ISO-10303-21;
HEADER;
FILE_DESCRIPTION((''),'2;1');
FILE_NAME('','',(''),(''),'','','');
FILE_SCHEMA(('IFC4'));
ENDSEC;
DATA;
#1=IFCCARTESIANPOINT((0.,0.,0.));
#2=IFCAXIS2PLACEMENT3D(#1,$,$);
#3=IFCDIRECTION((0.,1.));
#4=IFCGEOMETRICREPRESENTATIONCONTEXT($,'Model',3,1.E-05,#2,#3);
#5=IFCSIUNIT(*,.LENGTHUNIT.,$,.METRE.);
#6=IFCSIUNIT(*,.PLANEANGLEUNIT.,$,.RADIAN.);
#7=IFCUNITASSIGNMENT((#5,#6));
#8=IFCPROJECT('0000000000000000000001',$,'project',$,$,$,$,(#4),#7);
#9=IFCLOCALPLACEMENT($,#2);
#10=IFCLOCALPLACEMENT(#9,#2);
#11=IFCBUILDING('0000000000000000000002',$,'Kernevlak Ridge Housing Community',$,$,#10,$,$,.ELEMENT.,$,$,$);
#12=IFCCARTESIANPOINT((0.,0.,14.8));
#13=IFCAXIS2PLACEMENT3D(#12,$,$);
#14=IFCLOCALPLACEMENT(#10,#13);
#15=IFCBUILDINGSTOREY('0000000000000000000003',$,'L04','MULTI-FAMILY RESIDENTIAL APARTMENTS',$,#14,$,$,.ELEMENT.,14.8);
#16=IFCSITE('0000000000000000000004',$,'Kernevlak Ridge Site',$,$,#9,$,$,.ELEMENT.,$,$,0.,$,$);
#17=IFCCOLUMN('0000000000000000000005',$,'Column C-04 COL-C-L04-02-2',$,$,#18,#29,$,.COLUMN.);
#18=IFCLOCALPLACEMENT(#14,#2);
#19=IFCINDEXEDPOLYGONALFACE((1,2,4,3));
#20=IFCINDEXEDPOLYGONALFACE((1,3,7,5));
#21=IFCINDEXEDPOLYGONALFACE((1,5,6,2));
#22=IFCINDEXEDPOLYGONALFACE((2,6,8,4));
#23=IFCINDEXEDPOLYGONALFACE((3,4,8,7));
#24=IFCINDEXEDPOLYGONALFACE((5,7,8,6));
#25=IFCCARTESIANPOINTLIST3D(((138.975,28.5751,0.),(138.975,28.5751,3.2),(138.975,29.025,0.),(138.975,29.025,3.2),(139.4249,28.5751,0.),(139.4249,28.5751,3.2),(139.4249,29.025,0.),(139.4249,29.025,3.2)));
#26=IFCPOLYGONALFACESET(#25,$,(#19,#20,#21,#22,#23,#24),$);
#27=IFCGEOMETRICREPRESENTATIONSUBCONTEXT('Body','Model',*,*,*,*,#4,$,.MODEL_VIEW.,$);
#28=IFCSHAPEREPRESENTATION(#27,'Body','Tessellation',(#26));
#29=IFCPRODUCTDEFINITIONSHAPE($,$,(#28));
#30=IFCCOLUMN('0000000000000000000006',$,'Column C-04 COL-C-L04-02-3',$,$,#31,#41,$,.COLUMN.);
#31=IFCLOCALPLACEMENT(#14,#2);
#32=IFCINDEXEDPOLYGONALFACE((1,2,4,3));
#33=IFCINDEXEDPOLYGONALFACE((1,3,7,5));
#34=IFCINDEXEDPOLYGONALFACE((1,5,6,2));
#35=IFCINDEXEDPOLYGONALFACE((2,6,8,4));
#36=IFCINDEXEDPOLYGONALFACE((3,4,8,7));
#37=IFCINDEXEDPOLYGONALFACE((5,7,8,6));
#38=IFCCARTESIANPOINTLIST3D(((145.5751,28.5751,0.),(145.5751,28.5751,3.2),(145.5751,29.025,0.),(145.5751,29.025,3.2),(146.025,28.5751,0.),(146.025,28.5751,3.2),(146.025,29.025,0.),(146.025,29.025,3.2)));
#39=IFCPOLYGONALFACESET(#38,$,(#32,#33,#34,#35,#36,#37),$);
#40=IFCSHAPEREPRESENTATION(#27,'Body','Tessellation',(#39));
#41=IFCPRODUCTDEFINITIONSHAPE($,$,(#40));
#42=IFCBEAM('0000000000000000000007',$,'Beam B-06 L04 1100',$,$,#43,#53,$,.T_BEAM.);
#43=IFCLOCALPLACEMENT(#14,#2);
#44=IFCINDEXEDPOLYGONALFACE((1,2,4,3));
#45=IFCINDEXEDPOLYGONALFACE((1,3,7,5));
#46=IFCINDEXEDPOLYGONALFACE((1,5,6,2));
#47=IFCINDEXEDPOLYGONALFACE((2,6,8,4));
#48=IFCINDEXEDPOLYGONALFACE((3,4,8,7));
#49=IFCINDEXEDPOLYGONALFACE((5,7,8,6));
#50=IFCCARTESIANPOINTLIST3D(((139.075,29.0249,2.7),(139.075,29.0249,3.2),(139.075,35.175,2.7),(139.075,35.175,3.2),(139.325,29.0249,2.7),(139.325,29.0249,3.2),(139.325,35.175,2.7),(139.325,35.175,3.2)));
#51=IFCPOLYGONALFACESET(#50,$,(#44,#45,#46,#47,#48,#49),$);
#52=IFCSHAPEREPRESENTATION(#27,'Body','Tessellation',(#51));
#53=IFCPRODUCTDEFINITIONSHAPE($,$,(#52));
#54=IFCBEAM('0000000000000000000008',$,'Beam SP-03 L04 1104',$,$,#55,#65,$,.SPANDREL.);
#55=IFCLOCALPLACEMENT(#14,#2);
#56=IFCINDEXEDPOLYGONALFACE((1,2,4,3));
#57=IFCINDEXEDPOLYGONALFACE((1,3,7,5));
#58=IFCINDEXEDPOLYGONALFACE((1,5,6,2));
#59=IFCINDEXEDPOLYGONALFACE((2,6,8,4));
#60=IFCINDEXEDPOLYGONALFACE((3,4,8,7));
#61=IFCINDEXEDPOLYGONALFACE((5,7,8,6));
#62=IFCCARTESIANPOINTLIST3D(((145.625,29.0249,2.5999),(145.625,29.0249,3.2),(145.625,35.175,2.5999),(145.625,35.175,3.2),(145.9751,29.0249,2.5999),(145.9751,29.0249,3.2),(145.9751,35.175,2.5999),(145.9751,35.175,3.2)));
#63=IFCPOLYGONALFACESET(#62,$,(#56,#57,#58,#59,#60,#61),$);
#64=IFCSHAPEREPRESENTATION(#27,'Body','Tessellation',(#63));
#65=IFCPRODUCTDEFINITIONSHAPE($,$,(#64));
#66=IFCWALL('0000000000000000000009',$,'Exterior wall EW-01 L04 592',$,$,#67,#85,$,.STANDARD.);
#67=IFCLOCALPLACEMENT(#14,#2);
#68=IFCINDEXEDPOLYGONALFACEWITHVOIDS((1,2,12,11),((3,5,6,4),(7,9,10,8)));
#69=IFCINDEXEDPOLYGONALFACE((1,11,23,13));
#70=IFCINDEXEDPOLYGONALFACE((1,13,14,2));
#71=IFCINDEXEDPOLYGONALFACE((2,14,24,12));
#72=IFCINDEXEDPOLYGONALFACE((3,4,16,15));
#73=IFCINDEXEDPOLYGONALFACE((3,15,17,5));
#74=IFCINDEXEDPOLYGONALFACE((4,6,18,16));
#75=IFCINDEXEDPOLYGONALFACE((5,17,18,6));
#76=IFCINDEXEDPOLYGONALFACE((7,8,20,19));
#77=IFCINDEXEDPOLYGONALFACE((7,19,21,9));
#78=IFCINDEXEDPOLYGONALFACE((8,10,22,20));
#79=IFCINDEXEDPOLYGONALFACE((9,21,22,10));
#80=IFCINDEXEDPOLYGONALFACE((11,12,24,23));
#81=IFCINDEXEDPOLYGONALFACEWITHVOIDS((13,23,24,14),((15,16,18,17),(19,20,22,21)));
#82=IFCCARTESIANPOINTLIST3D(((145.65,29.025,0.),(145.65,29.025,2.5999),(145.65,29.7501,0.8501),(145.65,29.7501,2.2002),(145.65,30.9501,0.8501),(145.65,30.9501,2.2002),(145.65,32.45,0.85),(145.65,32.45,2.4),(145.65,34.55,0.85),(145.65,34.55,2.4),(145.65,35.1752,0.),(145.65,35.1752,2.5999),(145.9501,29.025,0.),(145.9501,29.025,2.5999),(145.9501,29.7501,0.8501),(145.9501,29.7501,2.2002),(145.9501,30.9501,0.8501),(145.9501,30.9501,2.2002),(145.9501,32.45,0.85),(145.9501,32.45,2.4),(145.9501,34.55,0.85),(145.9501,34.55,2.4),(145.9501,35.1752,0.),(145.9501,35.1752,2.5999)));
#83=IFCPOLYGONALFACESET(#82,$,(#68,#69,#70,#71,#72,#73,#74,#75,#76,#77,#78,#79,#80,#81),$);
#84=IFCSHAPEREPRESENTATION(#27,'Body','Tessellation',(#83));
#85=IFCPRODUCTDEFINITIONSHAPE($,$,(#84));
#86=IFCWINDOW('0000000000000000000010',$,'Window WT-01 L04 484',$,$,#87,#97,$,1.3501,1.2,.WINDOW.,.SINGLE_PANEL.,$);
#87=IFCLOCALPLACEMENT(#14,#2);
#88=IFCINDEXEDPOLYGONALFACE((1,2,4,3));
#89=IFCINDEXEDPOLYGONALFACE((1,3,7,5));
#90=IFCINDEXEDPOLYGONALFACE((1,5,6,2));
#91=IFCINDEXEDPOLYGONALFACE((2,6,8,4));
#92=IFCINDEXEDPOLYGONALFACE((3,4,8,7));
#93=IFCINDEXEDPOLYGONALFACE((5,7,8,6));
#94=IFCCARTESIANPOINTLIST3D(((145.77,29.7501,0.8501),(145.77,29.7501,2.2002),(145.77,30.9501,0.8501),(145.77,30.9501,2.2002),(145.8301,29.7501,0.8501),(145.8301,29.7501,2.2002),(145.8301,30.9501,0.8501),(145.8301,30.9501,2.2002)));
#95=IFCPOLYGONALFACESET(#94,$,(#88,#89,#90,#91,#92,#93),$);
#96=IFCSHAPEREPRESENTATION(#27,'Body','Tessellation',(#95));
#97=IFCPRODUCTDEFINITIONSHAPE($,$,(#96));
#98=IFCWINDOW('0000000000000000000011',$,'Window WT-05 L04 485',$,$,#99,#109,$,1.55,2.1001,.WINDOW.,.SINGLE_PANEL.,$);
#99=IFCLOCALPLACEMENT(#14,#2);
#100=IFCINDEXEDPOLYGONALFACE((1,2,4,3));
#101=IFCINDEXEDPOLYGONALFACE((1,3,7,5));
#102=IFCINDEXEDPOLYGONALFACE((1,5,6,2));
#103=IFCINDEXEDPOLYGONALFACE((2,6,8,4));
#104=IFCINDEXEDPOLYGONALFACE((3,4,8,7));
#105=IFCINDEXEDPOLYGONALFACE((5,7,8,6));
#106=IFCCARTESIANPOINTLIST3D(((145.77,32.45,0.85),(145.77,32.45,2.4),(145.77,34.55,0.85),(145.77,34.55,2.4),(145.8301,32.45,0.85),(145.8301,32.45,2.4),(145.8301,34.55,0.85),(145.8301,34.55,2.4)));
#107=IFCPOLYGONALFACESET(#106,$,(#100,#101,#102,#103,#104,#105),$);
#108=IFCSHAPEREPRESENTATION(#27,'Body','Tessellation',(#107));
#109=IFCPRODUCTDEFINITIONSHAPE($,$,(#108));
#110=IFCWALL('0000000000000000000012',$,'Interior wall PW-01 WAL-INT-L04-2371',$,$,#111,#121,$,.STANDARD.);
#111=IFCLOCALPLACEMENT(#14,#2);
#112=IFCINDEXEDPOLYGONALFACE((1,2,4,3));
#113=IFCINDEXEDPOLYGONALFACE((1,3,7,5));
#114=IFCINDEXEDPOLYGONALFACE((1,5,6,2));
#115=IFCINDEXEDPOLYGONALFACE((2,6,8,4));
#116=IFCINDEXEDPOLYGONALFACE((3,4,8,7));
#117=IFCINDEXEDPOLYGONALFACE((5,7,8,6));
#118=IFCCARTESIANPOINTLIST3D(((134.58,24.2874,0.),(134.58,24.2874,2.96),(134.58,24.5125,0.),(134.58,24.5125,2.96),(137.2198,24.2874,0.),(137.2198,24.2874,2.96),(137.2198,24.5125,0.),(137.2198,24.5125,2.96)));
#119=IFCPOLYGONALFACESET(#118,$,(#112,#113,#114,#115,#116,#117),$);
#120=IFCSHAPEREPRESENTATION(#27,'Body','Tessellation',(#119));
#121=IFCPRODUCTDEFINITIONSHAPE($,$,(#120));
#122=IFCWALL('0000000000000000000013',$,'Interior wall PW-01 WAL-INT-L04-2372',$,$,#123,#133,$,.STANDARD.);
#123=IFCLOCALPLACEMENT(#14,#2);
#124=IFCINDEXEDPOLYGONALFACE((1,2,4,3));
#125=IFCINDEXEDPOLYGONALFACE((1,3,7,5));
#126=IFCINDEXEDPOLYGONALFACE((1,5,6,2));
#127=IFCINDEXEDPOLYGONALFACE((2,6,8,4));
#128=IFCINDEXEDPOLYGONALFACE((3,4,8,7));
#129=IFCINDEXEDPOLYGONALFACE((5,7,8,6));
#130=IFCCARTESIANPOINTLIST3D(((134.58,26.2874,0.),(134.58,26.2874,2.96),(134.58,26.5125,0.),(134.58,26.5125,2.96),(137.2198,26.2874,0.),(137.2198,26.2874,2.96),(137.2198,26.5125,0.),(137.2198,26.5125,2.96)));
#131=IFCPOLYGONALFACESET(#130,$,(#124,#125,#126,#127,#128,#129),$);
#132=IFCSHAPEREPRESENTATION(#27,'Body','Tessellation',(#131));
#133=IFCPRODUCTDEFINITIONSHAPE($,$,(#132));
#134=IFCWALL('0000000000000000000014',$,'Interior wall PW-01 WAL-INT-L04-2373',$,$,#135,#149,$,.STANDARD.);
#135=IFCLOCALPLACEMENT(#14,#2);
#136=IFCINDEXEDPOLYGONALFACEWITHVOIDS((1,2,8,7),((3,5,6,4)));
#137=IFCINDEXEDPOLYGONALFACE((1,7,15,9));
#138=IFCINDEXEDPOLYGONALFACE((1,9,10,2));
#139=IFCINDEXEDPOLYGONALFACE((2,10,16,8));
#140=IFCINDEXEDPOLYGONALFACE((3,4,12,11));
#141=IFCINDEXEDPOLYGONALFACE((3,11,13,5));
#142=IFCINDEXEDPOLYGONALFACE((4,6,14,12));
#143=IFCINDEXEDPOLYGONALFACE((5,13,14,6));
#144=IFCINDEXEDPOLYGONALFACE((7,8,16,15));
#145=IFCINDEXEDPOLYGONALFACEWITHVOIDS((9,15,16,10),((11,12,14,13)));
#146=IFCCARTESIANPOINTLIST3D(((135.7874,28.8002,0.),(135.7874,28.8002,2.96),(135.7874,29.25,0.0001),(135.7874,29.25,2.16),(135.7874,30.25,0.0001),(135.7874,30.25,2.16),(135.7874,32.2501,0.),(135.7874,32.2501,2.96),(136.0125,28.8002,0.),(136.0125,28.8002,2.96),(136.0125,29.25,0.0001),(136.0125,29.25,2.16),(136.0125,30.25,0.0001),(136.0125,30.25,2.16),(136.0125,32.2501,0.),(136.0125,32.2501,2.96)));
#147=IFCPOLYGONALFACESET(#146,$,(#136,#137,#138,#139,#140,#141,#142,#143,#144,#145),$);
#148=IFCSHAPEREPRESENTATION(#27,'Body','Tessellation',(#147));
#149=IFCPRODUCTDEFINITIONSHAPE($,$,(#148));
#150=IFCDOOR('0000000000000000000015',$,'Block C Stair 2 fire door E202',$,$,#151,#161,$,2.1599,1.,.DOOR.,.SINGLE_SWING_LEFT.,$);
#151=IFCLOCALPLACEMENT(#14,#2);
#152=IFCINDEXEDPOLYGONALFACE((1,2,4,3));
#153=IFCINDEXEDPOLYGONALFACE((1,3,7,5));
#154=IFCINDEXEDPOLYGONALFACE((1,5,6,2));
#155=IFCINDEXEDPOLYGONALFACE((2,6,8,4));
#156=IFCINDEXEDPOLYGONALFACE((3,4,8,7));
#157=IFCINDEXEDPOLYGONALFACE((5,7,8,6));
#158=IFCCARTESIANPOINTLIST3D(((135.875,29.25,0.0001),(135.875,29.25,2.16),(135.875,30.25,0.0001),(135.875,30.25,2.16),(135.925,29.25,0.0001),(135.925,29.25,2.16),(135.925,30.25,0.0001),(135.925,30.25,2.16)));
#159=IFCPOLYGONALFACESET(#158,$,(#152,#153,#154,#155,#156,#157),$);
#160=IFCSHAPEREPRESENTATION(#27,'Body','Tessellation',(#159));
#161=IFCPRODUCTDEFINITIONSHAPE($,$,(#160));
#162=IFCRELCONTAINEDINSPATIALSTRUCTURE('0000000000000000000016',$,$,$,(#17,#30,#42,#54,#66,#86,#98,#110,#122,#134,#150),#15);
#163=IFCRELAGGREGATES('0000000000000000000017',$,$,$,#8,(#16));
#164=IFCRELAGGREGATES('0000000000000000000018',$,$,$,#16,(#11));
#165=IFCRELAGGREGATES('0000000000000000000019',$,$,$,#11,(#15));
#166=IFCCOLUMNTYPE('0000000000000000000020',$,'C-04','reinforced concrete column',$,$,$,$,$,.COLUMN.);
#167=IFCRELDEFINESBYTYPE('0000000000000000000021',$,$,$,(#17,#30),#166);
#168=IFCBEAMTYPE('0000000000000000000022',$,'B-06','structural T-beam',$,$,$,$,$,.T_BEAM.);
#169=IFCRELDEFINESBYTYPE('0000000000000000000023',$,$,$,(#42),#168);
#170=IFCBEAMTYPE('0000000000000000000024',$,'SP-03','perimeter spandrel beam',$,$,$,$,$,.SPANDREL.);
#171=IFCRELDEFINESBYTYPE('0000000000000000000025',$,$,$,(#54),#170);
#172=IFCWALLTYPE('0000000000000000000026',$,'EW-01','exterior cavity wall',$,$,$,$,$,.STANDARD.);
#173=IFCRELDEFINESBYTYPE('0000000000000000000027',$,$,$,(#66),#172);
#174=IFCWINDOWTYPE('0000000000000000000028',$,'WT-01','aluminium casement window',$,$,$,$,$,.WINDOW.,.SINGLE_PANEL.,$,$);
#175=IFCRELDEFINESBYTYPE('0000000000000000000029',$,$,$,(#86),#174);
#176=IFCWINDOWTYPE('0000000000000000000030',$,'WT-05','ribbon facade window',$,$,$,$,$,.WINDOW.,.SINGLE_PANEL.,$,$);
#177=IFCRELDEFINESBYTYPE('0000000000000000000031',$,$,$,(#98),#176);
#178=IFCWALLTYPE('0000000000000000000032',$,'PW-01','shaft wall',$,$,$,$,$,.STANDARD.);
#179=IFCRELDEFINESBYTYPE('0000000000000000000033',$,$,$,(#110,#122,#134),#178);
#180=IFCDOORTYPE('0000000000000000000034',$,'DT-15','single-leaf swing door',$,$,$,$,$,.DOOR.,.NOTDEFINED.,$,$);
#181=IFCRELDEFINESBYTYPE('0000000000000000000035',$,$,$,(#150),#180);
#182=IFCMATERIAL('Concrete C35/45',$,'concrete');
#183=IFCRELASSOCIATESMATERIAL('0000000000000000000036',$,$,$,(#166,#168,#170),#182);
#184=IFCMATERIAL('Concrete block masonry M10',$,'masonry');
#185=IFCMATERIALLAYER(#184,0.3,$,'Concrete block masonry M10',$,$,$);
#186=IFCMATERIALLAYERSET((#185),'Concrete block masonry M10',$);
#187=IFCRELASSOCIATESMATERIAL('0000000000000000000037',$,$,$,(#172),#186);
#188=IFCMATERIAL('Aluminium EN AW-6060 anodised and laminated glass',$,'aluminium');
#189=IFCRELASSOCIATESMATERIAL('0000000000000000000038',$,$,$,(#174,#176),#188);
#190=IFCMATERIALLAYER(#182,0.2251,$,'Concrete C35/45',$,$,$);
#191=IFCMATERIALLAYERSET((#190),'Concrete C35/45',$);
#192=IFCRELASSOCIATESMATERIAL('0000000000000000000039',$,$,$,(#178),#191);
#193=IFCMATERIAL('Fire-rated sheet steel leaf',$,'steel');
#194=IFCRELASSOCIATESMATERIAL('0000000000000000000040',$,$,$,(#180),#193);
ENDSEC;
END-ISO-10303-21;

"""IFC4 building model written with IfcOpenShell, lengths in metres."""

from ifc_helpers import new_model, si_unit, direction, frame, frame_2d, origin, origin_2d, place, context, subcontext, project, spatial, rectangle, extrude, material, layer, layer_set, material_profile, profile_set, type_object, element, fill, save


model = new_model("IFC4")

# Units and contexts
model_context = context("Model", 3, precision=1e-05, world=origin(), true_north=direction((0.0, 1.0)))
body_context = subcontext(model_context, "Body", "Model", "MODEL_VIEW")
ifc_project = project(units=[si_unit("LENGTHUNIT", "METRE"), si_unit("PLANEANGLEUNIT", "RADIAN")], contexts=[model_context])

# Site, building, storey
site_placement = place(None, origin())
site = spatial("IfcSite", under=ifc_project, at=site_placement, Name="Kernevlak Ridge Site", CompositionType="ELEMENT", RefElevation=0.0)
building_placement = place(site_placement, origin())
building = spatial("IfcBuilding", under=site, at=building_placement, Name="Kernevlak Ridge Housing Community", CompositionType="ELEMENT")
storey_placement = place(building_placement, frame((0.0, 0.0, 14.8)))
storey = spatial("IfcBuildingStorey", under=building, at=storey_placement, Name="L04", Description="MULTI-FAMILY RESIDENTIAL APARTMENTS", CompositionType="ELEMENT", Elevation=14.8)

# Columns
ifc_material_1 = material(Name="Concrete C35/45", Category="concrete")
ifc_material_profile_1 = material_profile(ifc_material_1, rectangle(XDim=0.45, YDim=0.45, at=origin_2d()), Name="RC 450x450")
ifc_profile_set_1 = profile_set([ifc_material_profile_1], Name="Concrete C35/45")
column_type = type_object("IfcColumnType", Name="C-04", Description="reinforced concrete column", PredefinedType="COLUMN", material=ifc_profile_set_1)
for number, where, z_axis, x_axis, name in (
    (1, (139.2, 28.8, 0.0), (0.0, 0.0, 1.0), (1.0, 0.0, 0.0), "Column C-04 COL-C-L04-02-2"),
    (2, (145.8, 28.8, 0.0), (0.0, 0.0, 1.0), (1.0, 0.0, 0.0), "Column C-04 COL-C-L04-02-3"),
):
    element("IfcColumn", number, at=place(storey_placement, frame(where, z_axis=z_axis, x_axis=x_axis)), inside=storey, type_object=column_type, Name=name, PredefinedType="COLUMN", context=body_context, shape_type="SweptSolid", body=[
        extrude(rectangle(XDim=0.45, YDim=0.45, at=origin_2d()), origin(), (0.0, 0.0, 1.0), 3.2),
    ])

# Beams
ifc_material_profile_2 = material_profile(ifc_material_1, rectangle(XDim=0.25, YDim=0.5, at=origin_2d()), Name="RC 250x500")
ifc_profile_set_2 = profile_set([ifc_material_profile_2], Name="Concrete C35/45")
beam_type_1 = type_object("IfcBeamType", Name="B-06", Description="structural T-beam", PredefinedType="T_BEAM", material=ifc_profile_set_2)
beam_1_placement = place(storey_placement, frame((139.2, 29.0249, 2.95), z_axis=(0.0, 1.0, 0.0), x_axis=(-1.0, 0.0, 0.0)))
element("IfcBeam", 3, at=beam_1_placement, inside=storey, type_object=beam_type_1, Name="Beam B-06 L04 1100", PredefinedType="T_BEAM", context=body_context, shape_type="SweptSolid", body=[
    extrude(rectangle(XDim=0.25, YDim=0.5, at=origin_2d()), origin(), (0.0, 0.0, 1.0), 6.1501),
])
ifc_material_profile_3 = material_profile(ifc_material_1, rectangle(XDim=0.3501, YDim=0.6001, at=origin_2d()), Name="RC 350x600")
ifc_profile_set_3 = profile_set([ifc_material_profile_3], Name="Concrete C35/45")
beam_type_2 = type_object("IfcBeamType", Name="SP-03", Description="perimeter spandrel beam", PredefinedType="SPANDREL", material=ifc_profile_set_3)
beam_2_placement = place(storey_placement, frame((145.8, 29.0249, 2.8999), z_axis=(0.0, 1.0, 0.0), x_axis=(-1.0, 0.0, 0.0)))
element("IfcBeam", 4, at=beam_2_placement, inside=storey, type_object=beam_type_2, Name="Beam SP-03 L04 1104", PredefinedType="SPANDREL", context=body_context, shape_type="SweptSolid", body=[
    extrude(rectangle(XDim=0.3501, YDim=0.6001, at=origin_2d()), origin(), (0.0, 0.0, 1.0), 6.1501),
])

# Wall, openings, windows
ifc_material_2 = material(Name="Concrete block masonry M10", Category="masonry")
ifc_layer_1 = layer(ifc_material_2, 0.3, Name="Concrete block masonry M10")
ifc_layer_set_1 = layer_set([ifc_layer_1], Name="Concrete block masonry M10")
wall_type_1 = type_object("IfcWallType", Name="EW-01", Description="exterior cavity wall", PredefinedType="STANDARD", material=ifc_layer_set_1)
wall_1_placement = place(storey_placement, frame((145.8, 29.0249, 0.0), z_axis=(0.0, 0.0, 1.0), x_axis=(0.0, 1.0, 0.0)))
wall_1 = element("IfcWall", 5, at=wall_1_placement, inside=storey, type_object=wall_type_1, Name="Exterior wall EW-01 L04 592", PredefinedType="STANDARD", context=body_context, shape_type="SweptSolid", body=[
    extrude(rectangle(XDim=6.1501, YDim=0.3, at=frame_2d((3.0752, 0.0))), origin(), (0.0, 0.0, 1.0), 2.5999),
])
opening_1_placement = place(wall_1_placement, frame((0.7251, 0.0, 0.8501)))
opening_1 = element("IfcOpeningElement", 6, at=opening_1_placement, cuts=wall_1, PredefinedType="OPENING", context=body_context, shape_type="SweptSolid", body=[
    extrude(rectangle(XDim=1.2, YDim=1.3501, at=frame_2d((0.6001, 0.675))), frame((0.0, 0.1599, 0.0), z_axis=(0.0, -1.0, 0.0), x_axis=(1.0, 0.0, 0.0)), (0.0, 0.0, 1.0), 0.3201),
])
opening_2_placement = place(wall_1_placement, frame((3.425, 0.0, 0.8501)))
opening_2 = element("IfcOpeningElement", 7, at=opening_2_placement, cuts=wall_1, PredefinedType="OPENING", context=body_context, shape_type="SweptSolid", body=[
    extrude(rectangle(XDim=2.1001, YDim=1.55, at=frame_2d((1.05, 0.7749))), frame((0.0, 0.1599, 0.0), z_axis=(0.0, -1.0, 0.0), x_axis=(1.0, 0.0, 0.0)), (0.0, 0.0, 1.0), 0.3201),
])
ifc_material_3 = material(Name="Aluminium EN AW-6060 anodised and laminated glass", Category="aluminium")
window_type_1 = type_object("IfcWindowType", Name="WT-01", Description="aluminium casement window", PartitioningType="SINGLE_PANEL", PredefinedType="WINDOW", material=ifc_material_3)
window_1_placement = place(opening_1_placement, origin())
window_1 = element("IfcWindow", 8, at=window_1_placement, inside=storey, type_object=window_type_1, Name="Window WT-01 L04 484", OverallHeight=1.3501, OverallWidth=1.2, PartitioningType="SINGLE_PANEL", PredefinedType="WINDOW", context=body_context, shape_type="SweptSolid", body=[
    extrude(rectangle(XDim=1.2, YDim=1.3501, at=frame_2d((0.6001, 0.675))), frame((0.0, 0.03, 0.0), z_axis=(0.0, -1.0, 0.0), x_axis=(1.0, 0.0, 0.0)), (0.0, 0.0, 1.0), 0.0601),
])
fill(opening_1, window_1)
window_type_2 = type_object("IfcWindowType", Name="WT-05", Description="ribbon facade window", PartitioningType="SINGLE_PANEL", PredefinedType="WINDOW", material=ifc_material_3)
window_2_placement = place(opening_2_placement, origin())
window_2 = element("IfcWindow", 9, at=window_2_placement, inside=storey, type_object=window_type_2, Name="Window WT-05 L04 485", OverallHeight=1.55, OverallWidth=2.1001, PartitioningType="SINGLE_PANEL", PredefinedType="WINDOW", context=body_context, shape_type="SweptSolid", body=[
    extrude(rectangle(XDim=2.1001, YDim=1.55, at=frame_2d((1.05, 0.7749))), frame((0.0, 0.03, 0.0), z_axis=(0.0, -1.0, 0.0), x_axis=(1.0, 0.0, 0.0)), (0.0, 0.0, 1.0), 0.0601),
])
fill(opening_2, window_2)

# Walls
ifc_layer_2 = layer(ifc_material_1, 0.2251, Name="Concrete C35/45")
ifc_layer_set_2 = layer_set([ifc_layer_2], Name="Concrete C35/45")
wall_type_2 = type_object("IfcWallType", Name="PW-01", Description="shaft wall", PredefinedType="STANDARD", material=ifc_layer_set_2)
for number, where, z_axis, x_axis, name in (
    (10, (134.5801, 24.3999, 0.0), (0.0, 0.0, 1.0), (1.0, 0.0, 0.0), "Interior wall PW-01 WAL-INT-L04-2371"),
    (11, (134.5801, 26.3999, 0.0), (0.0, 0.0, 1.0), (1.0, 0.0, 0.0), "Interior wall PW-01 WAL-INT-L04-2372"),
):
    element("IfcWall", number, at=place(storey_placement, frame(where, z_axis=z_axis, x_axis=x_axis)), inside=storey, type_object=wall_type_2, Name=name, PredefinedType="STANDARD", context=body_context, shape_type="SweptSolid", body=[
        extrude(rectangle(XDim=2.6399, YDim=0.2251, at=frame_2d((1.3198, 0.0))), origin(), (0.0, 0.0, 1.0), 2.96),
    ])

# Wall, opening, door
wall_2_placement = place(storey_placement, frame((135.8999, 28.8, 0.0), z_axis=(0.0, 0.0, 1.0), x_axis=(0.0, 1.0, 0.0)))
wall_2 = element("IfcWall", 12, at=wall_2_placement, inside=storey, type_object=wall_type_2, Name="Interior wall PW-01 WAL-INT-L04-2373", PredefinedType="STANDARD", context=body_context, shape_type="SweptSolid", body=[
    extrude(rectangle(XDim=3.45, YDim=0.2251, at=frame_2d((1.7251, 0.0))), origin(), (0.0, 0.0, 1.0), 2.96),
])
opening_3_placement = place(wall_2_placement, frame((0.45, 0.0, 0.0)))
opening_3 = element("IfcOpeningElement", 13, at=opening_3_placement, cuts=wall_2, PredefinedType="OPENING", context=body_context, shape_type="SweptSolid", body=[
    extrude(rectangle(XDim=1.0, YDim=2.1599, at=frame_2d((0.5, 1.0801))), frame((0.0, 0.1226, 0.0), z_axis=(0.0, -1.0, 0.0), x_axis=(1.0, 0.0, 0.0)), (0.0, 0.0, 1.0), 0.2451),
])
ifc_material_4 = material(Name="Fire-rated sheet steel leaf", Category="steel")
door_type_1 = type_object("IfcDoorType", Name="DT-15", Description="single-leaf swing door", OperationType="NOTDEFINED", PredefinedType="DOOR", material=ifc_material_4)
door_1_placement = place(opening_3_placement, origin())
door_1 = element("IfcDoor", 14, at=door_1_placement, inside=storey, type_object=door_type_1, Name="Block C Stair 2 fire door E202", OperationType="SINGLE_SWING_LEFT", OverallHeight=2.1599, OverallWidth=1.0, PredefinedType="DOOR", context=body_context, shape_type="SweptSolid", body=[
    extrude(rectangle(XDim=1.0, YDim=2.1599, at=frame_2d((0.5, 1.0801))), frame((0.0, 0.0249, 0.0), z_axis=(0.0, -1.0, 0.0), x_axis=(1.0, 0.0, 0.0)), (0.0, 0.0, 1.0), 0.05),
])
fill(opening_3, door_1)

save(model, "model.ifc")
